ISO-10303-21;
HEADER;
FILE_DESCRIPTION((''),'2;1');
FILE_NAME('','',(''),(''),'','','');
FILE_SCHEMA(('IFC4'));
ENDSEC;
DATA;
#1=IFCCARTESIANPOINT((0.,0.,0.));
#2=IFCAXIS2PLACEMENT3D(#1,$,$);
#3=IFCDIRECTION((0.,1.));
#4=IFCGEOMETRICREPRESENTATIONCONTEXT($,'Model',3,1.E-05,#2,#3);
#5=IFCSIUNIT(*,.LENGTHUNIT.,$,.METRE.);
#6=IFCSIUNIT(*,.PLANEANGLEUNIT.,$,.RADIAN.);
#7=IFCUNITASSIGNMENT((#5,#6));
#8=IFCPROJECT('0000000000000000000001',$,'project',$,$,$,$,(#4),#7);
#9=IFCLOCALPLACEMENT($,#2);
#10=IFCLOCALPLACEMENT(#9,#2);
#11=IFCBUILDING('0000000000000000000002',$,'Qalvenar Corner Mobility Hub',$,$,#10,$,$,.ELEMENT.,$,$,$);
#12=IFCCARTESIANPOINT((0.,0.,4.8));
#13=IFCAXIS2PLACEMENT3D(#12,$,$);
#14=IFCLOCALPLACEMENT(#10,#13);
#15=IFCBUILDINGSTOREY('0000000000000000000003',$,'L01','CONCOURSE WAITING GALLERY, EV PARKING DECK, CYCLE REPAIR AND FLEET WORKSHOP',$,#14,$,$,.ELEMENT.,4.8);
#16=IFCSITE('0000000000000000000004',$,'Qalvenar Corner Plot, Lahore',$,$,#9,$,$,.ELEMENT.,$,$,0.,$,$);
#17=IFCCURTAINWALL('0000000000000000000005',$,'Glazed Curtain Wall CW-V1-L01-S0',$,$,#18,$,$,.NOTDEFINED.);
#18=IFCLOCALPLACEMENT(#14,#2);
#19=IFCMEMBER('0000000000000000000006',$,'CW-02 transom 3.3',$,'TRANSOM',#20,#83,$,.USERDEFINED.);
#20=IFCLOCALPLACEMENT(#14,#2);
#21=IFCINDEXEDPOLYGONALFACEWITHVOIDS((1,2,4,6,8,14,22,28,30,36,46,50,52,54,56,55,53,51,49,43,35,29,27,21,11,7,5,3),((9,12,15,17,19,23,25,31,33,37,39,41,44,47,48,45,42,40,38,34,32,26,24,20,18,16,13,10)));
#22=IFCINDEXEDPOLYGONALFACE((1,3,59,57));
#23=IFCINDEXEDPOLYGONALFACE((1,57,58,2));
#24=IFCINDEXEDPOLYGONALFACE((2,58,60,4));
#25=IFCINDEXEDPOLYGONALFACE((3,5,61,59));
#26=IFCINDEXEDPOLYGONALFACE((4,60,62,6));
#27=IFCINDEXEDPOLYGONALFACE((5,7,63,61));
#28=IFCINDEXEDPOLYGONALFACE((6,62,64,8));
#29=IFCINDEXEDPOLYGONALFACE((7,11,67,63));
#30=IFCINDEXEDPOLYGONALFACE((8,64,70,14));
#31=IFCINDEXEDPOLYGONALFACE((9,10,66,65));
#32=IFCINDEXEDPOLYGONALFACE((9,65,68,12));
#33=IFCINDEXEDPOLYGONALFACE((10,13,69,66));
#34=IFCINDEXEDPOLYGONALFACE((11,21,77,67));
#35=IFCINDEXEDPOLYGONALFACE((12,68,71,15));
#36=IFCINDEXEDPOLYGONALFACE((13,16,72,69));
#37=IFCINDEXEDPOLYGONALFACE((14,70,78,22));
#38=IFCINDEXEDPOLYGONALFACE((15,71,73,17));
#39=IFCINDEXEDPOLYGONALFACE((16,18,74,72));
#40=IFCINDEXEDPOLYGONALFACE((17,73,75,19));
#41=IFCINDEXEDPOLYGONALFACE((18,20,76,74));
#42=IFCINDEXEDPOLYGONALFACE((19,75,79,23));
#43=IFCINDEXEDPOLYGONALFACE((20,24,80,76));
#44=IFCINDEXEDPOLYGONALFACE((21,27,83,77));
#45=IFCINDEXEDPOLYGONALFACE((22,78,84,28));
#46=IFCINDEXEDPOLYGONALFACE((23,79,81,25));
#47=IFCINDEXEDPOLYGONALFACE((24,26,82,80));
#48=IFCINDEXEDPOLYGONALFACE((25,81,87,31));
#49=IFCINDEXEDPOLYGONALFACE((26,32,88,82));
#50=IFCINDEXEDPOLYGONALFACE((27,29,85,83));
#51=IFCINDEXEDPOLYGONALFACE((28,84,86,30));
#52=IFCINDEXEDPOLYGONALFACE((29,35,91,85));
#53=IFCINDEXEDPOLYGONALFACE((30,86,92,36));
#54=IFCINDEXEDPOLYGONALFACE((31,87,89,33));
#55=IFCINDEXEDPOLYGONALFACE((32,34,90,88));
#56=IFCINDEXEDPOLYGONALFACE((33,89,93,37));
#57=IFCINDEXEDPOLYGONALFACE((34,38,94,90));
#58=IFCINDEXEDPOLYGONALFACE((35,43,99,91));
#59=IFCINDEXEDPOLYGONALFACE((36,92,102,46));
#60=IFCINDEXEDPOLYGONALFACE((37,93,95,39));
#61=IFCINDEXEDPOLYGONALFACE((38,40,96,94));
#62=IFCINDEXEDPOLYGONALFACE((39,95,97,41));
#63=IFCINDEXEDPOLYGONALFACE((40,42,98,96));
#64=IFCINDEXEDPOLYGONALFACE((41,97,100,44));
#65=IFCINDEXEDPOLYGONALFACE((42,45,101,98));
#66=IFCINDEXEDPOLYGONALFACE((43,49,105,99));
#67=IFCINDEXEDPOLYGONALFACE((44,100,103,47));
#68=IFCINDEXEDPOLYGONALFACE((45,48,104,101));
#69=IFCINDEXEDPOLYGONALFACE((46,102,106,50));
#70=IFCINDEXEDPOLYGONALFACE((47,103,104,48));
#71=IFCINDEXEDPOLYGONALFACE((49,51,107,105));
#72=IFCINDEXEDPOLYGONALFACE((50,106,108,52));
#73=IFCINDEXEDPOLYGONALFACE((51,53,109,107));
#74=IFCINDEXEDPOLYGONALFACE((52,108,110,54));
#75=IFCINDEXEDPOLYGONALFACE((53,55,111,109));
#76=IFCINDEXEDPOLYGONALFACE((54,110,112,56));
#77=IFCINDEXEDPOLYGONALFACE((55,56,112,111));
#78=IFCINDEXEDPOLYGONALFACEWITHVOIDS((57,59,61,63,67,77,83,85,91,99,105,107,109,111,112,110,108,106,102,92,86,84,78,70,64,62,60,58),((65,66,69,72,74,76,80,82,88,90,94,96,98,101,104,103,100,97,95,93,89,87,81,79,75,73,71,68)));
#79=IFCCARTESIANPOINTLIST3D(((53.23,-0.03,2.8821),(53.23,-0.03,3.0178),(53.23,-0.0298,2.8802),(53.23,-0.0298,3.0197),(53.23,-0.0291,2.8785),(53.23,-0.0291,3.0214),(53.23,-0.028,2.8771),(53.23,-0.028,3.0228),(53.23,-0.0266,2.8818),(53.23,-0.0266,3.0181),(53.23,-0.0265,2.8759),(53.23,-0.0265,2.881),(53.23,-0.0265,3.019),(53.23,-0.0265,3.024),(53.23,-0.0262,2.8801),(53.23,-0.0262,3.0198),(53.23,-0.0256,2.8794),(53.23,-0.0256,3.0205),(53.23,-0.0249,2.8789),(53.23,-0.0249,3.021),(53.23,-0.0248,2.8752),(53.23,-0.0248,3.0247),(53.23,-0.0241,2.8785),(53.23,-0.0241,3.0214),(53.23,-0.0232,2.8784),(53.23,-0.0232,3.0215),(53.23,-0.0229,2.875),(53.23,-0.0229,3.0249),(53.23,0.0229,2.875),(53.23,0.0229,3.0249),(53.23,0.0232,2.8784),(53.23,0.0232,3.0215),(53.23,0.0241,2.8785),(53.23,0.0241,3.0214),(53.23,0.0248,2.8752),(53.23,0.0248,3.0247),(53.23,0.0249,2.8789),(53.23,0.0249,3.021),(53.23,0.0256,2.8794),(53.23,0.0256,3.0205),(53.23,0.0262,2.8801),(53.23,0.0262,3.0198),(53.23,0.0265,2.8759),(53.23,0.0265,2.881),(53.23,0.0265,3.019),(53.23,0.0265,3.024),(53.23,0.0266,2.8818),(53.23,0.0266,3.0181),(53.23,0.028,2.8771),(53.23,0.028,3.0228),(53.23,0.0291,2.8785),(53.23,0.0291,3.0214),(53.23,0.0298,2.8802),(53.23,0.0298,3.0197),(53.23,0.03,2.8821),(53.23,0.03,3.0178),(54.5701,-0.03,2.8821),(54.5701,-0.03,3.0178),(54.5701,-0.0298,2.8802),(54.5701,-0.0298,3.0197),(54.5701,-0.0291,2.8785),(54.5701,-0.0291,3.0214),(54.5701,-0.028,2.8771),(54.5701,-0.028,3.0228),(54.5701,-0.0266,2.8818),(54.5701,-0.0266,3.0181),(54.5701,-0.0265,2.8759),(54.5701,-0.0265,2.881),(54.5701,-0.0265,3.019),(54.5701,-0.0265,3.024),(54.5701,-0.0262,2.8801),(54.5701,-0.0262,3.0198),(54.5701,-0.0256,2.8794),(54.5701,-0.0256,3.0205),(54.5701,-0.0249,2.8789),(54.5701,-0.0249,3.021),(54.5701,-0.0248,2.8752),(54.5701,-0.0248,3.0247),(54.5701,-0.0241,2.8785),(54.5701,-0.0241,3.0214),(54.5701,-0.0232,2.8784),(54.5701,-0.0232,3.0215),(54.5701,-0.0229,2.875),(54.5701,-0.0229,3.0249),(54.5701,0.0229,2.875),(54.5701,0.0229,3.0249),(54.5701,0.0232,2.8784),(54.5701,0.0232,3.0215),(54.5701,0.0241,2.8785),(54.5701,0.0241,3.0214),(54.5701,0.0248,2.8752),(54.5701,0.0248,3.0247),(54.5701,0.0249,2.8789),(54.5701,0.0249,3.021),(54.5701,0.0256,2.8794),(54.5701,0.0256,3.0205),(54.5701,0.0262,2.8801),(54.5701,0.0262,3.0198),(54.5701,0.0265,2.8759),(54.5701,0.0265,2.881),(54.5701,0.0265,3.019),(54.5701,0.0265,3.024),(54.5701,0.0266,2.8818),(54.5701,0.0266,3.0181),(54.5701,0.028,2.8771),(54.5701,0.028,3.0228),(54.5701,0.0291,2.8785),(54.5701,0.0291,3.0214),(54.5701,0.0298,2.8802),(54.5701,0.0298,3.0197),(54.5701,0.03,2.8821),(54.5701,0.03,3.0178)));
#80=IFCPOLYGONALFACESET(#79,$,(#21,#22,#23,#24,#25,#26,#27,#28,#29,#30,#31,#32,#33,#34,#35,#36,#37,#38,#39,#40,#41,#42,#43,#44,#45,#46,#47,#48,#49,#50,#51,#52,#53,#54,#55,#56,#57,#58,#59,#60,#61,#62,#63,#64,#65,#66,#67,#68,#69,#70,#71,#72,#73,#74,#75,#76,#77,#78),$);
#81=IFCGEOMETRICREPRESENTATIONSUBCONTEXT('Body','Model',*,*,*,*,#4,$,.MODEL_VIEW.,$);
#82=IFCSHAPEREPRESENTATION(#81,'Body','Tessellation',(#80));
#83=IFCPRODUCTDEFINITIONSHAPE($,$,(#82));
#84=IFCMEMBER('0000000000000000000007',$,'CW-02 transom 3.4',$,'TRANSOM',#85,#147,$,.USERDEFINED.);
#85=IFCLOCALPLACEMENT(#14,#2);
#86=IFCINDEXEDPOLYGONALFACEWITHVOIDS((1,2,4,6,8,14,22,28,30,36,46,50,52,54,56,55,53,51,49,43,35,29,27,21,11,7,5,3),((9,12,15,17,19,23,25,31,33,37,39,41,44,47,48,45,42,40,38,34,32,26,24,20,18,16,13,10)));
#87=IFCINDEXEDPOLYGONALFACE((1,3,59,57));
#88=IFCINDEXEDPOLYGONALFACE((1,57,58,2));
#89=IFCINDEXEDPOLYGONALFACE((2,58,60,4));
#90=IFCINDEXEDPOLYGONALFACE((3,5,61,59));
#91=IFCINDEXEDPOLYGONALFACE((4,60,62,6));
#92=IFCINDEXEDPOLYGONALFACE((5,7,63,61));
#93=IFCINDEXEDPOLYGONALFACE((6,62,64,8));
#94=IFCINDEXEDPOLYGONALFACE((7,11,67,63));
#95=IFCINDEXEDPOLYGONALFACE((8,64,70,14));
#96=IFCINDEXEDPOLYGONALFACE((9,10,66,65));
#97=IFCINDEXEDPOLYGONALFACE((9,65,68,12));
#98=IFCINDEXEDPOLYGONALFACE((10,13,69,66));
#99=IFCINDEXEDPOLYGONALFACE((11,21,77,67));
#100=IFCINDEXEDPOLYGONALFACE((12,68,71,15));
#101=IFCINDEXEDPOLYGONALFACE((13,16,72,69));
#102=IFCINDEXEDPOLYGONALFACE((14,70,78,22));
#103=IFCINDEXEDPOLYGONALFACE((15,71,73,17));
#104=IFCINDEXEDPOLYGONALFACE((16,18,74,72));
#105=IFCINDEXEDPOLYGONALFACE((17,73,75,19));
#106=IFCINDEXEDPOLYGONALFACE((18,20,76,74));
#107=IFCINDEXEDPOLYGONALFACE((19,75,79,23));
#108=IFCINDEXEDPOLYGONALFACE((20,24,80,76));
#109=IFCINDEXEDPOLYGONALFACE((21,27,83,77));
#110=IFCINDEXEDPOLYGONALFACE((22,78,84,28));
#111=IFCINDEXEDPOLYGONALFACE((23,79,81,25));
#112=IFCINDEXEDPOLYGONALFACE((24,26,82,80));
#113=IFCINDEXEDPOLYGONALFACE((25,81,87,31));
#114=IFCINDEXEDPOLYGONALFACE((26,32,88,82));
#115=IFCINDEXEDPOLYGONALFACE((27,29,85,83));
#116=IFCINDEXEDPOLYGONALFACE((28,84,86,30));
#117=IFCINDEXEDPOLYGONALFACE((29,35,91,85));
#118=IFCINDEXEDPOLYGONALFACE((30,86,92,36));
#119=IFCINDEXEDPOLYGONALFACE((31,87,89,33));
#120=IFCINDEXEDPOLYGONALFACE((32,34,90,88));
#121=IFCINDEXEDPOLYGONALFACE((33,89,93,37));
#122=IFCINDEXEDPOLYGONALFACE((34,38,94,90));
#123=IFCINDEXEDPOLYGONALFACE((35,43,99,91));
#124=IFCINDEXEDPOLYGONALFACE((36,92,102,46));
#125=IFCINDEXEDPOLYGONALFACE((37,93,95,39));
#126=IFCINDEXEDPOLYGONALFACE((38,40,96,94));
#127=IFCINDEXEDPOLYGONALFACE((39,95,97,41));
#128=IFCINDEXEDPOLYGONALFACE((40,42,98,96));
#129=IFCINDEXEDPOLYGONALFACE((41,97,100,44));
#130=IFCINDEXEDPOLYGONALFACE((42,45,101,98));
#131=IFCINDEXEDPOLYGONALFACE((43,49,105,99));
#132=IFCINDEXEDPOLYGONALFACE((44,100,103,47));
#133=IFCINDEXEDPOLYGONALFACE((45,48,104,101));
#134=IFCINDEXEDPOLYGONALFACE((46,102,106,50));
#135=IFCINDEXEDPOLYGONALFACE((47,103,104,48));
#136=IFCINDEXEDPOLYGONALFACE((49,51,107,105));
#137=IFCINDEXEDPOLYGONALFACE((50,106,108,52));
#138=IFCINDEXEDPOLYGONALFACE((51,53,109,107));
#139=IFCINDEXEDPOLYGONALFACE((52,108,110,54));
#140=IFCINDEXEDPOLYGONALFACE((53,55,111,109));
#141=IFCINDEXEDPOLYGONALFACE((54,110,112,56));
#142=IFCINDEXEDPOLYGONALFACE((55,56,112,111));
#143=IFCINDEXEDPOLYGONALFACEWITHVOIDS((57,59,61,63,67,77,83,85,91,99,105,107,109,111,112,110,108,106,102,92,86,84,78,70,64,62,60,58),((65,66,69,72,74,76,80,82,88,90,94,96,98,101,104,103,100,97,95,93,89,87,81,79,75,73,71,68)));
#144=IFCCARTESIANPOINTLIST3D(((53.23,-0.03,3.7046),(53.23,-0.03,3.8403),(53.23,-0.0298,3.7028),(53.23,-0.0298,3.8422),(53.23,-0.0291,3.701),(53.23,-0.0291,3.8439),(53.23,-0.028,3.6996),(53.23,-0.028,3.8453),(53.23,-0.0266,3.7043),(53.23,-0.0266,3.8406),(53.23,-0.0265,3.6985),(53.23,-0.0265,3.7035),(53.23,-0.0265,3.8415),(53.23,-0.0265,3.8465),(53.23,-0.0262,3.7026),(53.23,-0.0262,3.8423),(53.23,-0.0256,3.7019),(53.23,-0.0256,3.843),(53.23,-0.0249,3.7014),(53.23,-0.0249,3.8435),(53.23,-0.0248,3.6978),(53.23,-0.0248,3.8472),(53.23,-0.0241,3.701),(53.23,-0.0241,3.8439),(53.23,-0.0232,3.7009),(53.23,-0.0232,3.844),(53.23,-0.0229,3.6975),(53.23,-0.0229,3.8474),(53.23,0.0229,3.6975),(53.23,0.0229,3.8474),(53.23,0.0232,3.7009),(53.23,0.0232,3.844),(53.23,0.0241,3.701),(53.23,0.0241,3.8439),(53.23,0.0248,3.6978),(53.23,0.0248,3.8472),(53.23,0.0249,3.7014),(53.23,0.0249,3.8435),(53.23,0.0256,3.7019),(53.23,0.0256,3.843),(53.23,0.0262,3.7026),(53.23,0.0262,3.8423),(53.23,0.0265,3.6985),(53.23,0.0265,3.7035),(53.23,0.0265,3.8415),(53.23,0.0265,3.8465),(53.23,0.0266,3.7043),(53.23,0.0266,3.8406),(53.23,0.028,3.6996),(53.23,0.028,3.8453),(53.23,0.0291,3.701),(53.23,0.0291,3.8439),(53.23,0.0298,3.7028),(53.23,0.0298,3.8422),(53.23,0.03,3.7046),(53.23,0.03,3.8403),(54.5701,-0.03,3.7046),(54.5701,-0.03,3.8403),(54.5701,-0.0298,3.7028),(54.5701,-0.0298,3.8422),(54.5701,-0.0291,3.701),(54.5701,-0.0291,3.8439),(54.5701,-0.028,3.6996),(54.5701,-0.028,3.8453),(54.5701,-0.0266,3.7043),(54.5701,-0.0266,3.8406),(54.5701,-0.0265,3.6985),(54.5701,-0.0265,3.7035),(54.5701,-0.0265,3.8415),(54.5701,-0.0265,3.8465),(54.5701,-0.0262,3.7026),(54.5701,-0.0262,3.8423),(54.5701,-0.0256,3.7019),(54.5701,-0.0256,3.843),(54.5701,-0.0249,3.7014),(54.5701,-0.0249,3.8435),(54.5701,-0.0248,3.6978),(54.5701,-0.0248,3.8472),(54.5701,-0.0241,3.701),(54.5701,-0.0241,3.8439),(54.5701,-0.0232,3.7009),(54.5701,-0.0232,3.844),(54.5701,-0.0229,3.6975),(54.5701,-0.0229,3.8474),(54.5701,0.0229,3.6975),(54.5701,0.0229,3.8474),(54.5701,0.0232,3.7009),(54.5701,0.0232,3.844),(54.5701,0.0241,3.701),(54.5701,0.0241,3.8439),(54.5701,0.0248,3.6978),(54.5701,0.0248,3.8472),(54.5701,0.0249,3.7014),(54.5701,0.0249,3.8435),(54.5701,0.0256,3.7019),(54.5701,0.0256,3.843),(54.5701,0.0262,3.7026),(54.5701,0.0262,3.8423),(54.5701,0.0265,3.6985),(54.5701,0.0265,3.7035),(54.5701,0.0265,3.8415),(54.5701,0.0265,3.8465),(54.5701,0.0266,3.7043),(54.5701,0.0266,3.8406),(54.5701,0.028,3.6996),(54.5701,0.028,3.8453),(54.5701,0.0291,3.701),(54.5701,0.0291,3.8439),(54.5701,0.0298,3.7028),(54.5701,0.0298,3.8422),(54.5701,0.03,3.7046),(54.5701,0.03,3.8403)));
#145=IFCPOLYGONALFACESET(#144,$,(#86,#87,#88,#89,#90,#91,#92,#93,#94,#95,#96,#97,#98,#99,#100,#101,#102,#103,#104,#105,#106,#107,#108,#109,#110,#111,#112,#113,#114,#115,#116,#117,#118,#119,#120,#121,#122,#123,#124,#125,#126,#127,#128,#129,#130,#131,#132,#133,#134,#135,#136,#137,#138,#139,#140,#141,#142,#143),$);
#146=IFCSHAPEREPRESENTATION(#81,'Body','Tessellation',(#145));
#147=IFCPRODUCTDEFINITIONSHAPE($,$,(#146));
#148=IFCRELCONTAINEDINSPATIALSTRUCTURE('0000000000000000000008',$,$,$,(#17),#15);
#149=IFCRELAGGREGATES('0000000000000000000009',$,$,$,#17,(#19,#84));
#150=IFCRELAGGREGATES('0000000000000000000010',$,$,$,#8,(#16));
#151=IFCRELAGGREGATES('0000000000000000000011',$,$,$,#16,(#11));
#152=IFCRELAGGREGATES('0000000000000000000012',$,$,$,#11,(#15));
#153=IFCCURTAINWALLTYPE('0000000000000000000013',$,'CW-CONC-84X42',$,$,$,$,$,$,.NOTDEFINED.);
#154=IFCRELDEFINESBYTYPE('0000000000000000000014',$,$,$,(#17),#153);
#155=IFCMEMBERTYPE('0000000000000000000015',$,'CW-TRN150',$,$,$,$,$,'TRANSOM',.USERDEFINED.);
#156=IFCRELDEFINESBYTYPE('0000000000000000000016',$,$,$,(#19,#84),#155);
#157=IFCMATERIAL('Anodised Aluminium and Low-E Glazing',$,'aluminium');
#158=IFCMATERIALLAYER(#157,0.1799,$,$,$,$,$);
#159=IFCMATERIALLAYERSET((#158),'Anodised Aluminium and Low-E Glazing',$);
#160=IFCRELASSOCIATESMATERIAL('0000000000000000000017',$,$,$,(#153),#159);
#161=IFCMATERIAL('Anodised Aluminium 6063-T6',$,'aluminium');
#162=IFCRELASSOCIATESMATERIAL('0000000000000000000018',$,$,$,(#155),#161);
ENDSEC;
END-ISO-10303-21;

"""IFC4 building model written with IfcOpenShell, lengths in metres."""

from ifc_helpers import new_model, si_unit, direction, frame, origin, origin_2d, place, context, subcontext, project, spatial, hollow_rectangle, extrude, material, layer, layer_set, material_profile, profile_set, type_object, element, aggregate, save


model = new_model("IFC4")

# Units and contexts
model_context = context("Model", 3, precision=1e-05, world=origin(), true_north=direction((0.0, 1.0)))
body_context = subcontext(model_context, "Body", "Model", "MODEL_VIEW")
ifc_project = project(units=[si_unit("LENGTHUNIT", "METRE"), si_unit("PLANEANGLEUNIT", "RADIAN")], contexts=[model_context])

# Site, building, storey
site_placement = place(None, origin())
site = spatial("IfcSite", under=ifc_project, at=site_placement, Name="Qalvenar Corner Plot, Lahore", CompositionType="ELEMENT", RefElevation=0.0)
building_placement = place(site_placement, origin())
building = spatial("IfcBuilding", under=site, at=building_placement, Name="Qalvenar Corner Mobility Hub", CompositionType="ELEMENT")
storey_placement = place(building_placement, frame((0.0, 0.0, 4.8)))
storey = spatial("IfcBuildingStorey", under=building, at=storey_placement, Name="L01", Description="CONCOURSE WAITING GALLERY, EV PARKING DECK, CYCLE REPAIR AND FLEET WORKSHOP", CompositionType="ELEMENT", Elevation=4.8)

# Curtain wall, members
ifc_material_1 = material(Name="Anodised Aluminium and Low-E Glazing", Category="aluminium")
ifc_layer_1 = layer(ifc_material_1, 0.1799)
ifc_layer_set_1 = layer_set([ifc_layer_1], Name="Anodised Aluminium and Low-E Glazing")
curtain_wall_type = type_object("IfcCurtainWallType", Name="CW-CONC-84X42", PredefinedType="NOTDEFINED", material=ifc_layer_set_1)
curtain_wall_placement = place(storey_placement, origin())
curtain_wall = element("IfcCurtainWall", 1, at=curtain_wall_placement, inside=storey, type_object=curtain_wall_type, Name="Glazed Curtain Wall CW-V1-L01-S0", PredefinedType="NOTDEFINED")
ifc_material_2 = material(Name="Anodised Aluminium 6063-T6", Category="aluminium")
ifc_material_profile_1 = material_profile(ifc_material_2, hollow_rectangle(XDim=0.0601, YDim=0.1499, WallThickness=0.0034, InnerFilletRadius=0.0034, OuterFilletRadius=0.0071, at=origin_2d()), Name="RHS150x60x3.5")
ifc_profile_set_1 = profile_set([ifc_material_profile_1], Name="Anodised Aluminium 6063-T6")
member_type_1 = type_object("IfcMemberType", Name="CW-TRN150", ElementType="TRANSOM", PredefinedType="USERDEFINED", material=ifc_profile_set_1)
member_1_placement = place(storey_placement, frame((53.23, 0.0, 2.95), z_axis=(1.0, 0.0, 0.0), x_axis=(0.0, 1.0, 0.0)))
member_1 = element("IfcMember", 2, at=member_1_placement, type_object=member_type_1, Name="CW-02 transom 3.3", ObjectType="TRANSOM", PredefinedType="USERDEFINED", context=body_context, shape_type="SweptSolid", body=[
    extrude(hollow_rectangle(XDim=0.0601, YDim=0.1499, WallThickness=0.0034, InnerFilletRadius=0.0034, OuterFilletRadius=0.0071, at=origin_2d()), origin(), (0.0, 0.0, 1.0), 1.3401),
])
member_2_placement = place(storey_placement, frame((53.23, 0.0, 3.7725), z_axis=(1.0, 0.0, 0.0), x_axis=(0.0, 1.0, 0.0)))
member_2 = element("IfcMember", 3, at=member_2_placement, type_object=member_type_1, Name="CW-02 transom 3.4", ObjectType="TRANSOM", PredefinedType="USERDEFINED", context=body_context, shape_type="SweptSolid", body=[
    extrude(hollow_rectangle(XDim=0.0601, YDim=0.1499, WallThickness=0.0034, InnerFilletRadius=0.0034, OuterFilletRadius=0.0071, at=origin_2d()), origin(), (0.0, 0.0, 1.0), 1.3401),
])
aggregate(curtain_wall, [member_1, member_2])

save(model, "model.ifc")
